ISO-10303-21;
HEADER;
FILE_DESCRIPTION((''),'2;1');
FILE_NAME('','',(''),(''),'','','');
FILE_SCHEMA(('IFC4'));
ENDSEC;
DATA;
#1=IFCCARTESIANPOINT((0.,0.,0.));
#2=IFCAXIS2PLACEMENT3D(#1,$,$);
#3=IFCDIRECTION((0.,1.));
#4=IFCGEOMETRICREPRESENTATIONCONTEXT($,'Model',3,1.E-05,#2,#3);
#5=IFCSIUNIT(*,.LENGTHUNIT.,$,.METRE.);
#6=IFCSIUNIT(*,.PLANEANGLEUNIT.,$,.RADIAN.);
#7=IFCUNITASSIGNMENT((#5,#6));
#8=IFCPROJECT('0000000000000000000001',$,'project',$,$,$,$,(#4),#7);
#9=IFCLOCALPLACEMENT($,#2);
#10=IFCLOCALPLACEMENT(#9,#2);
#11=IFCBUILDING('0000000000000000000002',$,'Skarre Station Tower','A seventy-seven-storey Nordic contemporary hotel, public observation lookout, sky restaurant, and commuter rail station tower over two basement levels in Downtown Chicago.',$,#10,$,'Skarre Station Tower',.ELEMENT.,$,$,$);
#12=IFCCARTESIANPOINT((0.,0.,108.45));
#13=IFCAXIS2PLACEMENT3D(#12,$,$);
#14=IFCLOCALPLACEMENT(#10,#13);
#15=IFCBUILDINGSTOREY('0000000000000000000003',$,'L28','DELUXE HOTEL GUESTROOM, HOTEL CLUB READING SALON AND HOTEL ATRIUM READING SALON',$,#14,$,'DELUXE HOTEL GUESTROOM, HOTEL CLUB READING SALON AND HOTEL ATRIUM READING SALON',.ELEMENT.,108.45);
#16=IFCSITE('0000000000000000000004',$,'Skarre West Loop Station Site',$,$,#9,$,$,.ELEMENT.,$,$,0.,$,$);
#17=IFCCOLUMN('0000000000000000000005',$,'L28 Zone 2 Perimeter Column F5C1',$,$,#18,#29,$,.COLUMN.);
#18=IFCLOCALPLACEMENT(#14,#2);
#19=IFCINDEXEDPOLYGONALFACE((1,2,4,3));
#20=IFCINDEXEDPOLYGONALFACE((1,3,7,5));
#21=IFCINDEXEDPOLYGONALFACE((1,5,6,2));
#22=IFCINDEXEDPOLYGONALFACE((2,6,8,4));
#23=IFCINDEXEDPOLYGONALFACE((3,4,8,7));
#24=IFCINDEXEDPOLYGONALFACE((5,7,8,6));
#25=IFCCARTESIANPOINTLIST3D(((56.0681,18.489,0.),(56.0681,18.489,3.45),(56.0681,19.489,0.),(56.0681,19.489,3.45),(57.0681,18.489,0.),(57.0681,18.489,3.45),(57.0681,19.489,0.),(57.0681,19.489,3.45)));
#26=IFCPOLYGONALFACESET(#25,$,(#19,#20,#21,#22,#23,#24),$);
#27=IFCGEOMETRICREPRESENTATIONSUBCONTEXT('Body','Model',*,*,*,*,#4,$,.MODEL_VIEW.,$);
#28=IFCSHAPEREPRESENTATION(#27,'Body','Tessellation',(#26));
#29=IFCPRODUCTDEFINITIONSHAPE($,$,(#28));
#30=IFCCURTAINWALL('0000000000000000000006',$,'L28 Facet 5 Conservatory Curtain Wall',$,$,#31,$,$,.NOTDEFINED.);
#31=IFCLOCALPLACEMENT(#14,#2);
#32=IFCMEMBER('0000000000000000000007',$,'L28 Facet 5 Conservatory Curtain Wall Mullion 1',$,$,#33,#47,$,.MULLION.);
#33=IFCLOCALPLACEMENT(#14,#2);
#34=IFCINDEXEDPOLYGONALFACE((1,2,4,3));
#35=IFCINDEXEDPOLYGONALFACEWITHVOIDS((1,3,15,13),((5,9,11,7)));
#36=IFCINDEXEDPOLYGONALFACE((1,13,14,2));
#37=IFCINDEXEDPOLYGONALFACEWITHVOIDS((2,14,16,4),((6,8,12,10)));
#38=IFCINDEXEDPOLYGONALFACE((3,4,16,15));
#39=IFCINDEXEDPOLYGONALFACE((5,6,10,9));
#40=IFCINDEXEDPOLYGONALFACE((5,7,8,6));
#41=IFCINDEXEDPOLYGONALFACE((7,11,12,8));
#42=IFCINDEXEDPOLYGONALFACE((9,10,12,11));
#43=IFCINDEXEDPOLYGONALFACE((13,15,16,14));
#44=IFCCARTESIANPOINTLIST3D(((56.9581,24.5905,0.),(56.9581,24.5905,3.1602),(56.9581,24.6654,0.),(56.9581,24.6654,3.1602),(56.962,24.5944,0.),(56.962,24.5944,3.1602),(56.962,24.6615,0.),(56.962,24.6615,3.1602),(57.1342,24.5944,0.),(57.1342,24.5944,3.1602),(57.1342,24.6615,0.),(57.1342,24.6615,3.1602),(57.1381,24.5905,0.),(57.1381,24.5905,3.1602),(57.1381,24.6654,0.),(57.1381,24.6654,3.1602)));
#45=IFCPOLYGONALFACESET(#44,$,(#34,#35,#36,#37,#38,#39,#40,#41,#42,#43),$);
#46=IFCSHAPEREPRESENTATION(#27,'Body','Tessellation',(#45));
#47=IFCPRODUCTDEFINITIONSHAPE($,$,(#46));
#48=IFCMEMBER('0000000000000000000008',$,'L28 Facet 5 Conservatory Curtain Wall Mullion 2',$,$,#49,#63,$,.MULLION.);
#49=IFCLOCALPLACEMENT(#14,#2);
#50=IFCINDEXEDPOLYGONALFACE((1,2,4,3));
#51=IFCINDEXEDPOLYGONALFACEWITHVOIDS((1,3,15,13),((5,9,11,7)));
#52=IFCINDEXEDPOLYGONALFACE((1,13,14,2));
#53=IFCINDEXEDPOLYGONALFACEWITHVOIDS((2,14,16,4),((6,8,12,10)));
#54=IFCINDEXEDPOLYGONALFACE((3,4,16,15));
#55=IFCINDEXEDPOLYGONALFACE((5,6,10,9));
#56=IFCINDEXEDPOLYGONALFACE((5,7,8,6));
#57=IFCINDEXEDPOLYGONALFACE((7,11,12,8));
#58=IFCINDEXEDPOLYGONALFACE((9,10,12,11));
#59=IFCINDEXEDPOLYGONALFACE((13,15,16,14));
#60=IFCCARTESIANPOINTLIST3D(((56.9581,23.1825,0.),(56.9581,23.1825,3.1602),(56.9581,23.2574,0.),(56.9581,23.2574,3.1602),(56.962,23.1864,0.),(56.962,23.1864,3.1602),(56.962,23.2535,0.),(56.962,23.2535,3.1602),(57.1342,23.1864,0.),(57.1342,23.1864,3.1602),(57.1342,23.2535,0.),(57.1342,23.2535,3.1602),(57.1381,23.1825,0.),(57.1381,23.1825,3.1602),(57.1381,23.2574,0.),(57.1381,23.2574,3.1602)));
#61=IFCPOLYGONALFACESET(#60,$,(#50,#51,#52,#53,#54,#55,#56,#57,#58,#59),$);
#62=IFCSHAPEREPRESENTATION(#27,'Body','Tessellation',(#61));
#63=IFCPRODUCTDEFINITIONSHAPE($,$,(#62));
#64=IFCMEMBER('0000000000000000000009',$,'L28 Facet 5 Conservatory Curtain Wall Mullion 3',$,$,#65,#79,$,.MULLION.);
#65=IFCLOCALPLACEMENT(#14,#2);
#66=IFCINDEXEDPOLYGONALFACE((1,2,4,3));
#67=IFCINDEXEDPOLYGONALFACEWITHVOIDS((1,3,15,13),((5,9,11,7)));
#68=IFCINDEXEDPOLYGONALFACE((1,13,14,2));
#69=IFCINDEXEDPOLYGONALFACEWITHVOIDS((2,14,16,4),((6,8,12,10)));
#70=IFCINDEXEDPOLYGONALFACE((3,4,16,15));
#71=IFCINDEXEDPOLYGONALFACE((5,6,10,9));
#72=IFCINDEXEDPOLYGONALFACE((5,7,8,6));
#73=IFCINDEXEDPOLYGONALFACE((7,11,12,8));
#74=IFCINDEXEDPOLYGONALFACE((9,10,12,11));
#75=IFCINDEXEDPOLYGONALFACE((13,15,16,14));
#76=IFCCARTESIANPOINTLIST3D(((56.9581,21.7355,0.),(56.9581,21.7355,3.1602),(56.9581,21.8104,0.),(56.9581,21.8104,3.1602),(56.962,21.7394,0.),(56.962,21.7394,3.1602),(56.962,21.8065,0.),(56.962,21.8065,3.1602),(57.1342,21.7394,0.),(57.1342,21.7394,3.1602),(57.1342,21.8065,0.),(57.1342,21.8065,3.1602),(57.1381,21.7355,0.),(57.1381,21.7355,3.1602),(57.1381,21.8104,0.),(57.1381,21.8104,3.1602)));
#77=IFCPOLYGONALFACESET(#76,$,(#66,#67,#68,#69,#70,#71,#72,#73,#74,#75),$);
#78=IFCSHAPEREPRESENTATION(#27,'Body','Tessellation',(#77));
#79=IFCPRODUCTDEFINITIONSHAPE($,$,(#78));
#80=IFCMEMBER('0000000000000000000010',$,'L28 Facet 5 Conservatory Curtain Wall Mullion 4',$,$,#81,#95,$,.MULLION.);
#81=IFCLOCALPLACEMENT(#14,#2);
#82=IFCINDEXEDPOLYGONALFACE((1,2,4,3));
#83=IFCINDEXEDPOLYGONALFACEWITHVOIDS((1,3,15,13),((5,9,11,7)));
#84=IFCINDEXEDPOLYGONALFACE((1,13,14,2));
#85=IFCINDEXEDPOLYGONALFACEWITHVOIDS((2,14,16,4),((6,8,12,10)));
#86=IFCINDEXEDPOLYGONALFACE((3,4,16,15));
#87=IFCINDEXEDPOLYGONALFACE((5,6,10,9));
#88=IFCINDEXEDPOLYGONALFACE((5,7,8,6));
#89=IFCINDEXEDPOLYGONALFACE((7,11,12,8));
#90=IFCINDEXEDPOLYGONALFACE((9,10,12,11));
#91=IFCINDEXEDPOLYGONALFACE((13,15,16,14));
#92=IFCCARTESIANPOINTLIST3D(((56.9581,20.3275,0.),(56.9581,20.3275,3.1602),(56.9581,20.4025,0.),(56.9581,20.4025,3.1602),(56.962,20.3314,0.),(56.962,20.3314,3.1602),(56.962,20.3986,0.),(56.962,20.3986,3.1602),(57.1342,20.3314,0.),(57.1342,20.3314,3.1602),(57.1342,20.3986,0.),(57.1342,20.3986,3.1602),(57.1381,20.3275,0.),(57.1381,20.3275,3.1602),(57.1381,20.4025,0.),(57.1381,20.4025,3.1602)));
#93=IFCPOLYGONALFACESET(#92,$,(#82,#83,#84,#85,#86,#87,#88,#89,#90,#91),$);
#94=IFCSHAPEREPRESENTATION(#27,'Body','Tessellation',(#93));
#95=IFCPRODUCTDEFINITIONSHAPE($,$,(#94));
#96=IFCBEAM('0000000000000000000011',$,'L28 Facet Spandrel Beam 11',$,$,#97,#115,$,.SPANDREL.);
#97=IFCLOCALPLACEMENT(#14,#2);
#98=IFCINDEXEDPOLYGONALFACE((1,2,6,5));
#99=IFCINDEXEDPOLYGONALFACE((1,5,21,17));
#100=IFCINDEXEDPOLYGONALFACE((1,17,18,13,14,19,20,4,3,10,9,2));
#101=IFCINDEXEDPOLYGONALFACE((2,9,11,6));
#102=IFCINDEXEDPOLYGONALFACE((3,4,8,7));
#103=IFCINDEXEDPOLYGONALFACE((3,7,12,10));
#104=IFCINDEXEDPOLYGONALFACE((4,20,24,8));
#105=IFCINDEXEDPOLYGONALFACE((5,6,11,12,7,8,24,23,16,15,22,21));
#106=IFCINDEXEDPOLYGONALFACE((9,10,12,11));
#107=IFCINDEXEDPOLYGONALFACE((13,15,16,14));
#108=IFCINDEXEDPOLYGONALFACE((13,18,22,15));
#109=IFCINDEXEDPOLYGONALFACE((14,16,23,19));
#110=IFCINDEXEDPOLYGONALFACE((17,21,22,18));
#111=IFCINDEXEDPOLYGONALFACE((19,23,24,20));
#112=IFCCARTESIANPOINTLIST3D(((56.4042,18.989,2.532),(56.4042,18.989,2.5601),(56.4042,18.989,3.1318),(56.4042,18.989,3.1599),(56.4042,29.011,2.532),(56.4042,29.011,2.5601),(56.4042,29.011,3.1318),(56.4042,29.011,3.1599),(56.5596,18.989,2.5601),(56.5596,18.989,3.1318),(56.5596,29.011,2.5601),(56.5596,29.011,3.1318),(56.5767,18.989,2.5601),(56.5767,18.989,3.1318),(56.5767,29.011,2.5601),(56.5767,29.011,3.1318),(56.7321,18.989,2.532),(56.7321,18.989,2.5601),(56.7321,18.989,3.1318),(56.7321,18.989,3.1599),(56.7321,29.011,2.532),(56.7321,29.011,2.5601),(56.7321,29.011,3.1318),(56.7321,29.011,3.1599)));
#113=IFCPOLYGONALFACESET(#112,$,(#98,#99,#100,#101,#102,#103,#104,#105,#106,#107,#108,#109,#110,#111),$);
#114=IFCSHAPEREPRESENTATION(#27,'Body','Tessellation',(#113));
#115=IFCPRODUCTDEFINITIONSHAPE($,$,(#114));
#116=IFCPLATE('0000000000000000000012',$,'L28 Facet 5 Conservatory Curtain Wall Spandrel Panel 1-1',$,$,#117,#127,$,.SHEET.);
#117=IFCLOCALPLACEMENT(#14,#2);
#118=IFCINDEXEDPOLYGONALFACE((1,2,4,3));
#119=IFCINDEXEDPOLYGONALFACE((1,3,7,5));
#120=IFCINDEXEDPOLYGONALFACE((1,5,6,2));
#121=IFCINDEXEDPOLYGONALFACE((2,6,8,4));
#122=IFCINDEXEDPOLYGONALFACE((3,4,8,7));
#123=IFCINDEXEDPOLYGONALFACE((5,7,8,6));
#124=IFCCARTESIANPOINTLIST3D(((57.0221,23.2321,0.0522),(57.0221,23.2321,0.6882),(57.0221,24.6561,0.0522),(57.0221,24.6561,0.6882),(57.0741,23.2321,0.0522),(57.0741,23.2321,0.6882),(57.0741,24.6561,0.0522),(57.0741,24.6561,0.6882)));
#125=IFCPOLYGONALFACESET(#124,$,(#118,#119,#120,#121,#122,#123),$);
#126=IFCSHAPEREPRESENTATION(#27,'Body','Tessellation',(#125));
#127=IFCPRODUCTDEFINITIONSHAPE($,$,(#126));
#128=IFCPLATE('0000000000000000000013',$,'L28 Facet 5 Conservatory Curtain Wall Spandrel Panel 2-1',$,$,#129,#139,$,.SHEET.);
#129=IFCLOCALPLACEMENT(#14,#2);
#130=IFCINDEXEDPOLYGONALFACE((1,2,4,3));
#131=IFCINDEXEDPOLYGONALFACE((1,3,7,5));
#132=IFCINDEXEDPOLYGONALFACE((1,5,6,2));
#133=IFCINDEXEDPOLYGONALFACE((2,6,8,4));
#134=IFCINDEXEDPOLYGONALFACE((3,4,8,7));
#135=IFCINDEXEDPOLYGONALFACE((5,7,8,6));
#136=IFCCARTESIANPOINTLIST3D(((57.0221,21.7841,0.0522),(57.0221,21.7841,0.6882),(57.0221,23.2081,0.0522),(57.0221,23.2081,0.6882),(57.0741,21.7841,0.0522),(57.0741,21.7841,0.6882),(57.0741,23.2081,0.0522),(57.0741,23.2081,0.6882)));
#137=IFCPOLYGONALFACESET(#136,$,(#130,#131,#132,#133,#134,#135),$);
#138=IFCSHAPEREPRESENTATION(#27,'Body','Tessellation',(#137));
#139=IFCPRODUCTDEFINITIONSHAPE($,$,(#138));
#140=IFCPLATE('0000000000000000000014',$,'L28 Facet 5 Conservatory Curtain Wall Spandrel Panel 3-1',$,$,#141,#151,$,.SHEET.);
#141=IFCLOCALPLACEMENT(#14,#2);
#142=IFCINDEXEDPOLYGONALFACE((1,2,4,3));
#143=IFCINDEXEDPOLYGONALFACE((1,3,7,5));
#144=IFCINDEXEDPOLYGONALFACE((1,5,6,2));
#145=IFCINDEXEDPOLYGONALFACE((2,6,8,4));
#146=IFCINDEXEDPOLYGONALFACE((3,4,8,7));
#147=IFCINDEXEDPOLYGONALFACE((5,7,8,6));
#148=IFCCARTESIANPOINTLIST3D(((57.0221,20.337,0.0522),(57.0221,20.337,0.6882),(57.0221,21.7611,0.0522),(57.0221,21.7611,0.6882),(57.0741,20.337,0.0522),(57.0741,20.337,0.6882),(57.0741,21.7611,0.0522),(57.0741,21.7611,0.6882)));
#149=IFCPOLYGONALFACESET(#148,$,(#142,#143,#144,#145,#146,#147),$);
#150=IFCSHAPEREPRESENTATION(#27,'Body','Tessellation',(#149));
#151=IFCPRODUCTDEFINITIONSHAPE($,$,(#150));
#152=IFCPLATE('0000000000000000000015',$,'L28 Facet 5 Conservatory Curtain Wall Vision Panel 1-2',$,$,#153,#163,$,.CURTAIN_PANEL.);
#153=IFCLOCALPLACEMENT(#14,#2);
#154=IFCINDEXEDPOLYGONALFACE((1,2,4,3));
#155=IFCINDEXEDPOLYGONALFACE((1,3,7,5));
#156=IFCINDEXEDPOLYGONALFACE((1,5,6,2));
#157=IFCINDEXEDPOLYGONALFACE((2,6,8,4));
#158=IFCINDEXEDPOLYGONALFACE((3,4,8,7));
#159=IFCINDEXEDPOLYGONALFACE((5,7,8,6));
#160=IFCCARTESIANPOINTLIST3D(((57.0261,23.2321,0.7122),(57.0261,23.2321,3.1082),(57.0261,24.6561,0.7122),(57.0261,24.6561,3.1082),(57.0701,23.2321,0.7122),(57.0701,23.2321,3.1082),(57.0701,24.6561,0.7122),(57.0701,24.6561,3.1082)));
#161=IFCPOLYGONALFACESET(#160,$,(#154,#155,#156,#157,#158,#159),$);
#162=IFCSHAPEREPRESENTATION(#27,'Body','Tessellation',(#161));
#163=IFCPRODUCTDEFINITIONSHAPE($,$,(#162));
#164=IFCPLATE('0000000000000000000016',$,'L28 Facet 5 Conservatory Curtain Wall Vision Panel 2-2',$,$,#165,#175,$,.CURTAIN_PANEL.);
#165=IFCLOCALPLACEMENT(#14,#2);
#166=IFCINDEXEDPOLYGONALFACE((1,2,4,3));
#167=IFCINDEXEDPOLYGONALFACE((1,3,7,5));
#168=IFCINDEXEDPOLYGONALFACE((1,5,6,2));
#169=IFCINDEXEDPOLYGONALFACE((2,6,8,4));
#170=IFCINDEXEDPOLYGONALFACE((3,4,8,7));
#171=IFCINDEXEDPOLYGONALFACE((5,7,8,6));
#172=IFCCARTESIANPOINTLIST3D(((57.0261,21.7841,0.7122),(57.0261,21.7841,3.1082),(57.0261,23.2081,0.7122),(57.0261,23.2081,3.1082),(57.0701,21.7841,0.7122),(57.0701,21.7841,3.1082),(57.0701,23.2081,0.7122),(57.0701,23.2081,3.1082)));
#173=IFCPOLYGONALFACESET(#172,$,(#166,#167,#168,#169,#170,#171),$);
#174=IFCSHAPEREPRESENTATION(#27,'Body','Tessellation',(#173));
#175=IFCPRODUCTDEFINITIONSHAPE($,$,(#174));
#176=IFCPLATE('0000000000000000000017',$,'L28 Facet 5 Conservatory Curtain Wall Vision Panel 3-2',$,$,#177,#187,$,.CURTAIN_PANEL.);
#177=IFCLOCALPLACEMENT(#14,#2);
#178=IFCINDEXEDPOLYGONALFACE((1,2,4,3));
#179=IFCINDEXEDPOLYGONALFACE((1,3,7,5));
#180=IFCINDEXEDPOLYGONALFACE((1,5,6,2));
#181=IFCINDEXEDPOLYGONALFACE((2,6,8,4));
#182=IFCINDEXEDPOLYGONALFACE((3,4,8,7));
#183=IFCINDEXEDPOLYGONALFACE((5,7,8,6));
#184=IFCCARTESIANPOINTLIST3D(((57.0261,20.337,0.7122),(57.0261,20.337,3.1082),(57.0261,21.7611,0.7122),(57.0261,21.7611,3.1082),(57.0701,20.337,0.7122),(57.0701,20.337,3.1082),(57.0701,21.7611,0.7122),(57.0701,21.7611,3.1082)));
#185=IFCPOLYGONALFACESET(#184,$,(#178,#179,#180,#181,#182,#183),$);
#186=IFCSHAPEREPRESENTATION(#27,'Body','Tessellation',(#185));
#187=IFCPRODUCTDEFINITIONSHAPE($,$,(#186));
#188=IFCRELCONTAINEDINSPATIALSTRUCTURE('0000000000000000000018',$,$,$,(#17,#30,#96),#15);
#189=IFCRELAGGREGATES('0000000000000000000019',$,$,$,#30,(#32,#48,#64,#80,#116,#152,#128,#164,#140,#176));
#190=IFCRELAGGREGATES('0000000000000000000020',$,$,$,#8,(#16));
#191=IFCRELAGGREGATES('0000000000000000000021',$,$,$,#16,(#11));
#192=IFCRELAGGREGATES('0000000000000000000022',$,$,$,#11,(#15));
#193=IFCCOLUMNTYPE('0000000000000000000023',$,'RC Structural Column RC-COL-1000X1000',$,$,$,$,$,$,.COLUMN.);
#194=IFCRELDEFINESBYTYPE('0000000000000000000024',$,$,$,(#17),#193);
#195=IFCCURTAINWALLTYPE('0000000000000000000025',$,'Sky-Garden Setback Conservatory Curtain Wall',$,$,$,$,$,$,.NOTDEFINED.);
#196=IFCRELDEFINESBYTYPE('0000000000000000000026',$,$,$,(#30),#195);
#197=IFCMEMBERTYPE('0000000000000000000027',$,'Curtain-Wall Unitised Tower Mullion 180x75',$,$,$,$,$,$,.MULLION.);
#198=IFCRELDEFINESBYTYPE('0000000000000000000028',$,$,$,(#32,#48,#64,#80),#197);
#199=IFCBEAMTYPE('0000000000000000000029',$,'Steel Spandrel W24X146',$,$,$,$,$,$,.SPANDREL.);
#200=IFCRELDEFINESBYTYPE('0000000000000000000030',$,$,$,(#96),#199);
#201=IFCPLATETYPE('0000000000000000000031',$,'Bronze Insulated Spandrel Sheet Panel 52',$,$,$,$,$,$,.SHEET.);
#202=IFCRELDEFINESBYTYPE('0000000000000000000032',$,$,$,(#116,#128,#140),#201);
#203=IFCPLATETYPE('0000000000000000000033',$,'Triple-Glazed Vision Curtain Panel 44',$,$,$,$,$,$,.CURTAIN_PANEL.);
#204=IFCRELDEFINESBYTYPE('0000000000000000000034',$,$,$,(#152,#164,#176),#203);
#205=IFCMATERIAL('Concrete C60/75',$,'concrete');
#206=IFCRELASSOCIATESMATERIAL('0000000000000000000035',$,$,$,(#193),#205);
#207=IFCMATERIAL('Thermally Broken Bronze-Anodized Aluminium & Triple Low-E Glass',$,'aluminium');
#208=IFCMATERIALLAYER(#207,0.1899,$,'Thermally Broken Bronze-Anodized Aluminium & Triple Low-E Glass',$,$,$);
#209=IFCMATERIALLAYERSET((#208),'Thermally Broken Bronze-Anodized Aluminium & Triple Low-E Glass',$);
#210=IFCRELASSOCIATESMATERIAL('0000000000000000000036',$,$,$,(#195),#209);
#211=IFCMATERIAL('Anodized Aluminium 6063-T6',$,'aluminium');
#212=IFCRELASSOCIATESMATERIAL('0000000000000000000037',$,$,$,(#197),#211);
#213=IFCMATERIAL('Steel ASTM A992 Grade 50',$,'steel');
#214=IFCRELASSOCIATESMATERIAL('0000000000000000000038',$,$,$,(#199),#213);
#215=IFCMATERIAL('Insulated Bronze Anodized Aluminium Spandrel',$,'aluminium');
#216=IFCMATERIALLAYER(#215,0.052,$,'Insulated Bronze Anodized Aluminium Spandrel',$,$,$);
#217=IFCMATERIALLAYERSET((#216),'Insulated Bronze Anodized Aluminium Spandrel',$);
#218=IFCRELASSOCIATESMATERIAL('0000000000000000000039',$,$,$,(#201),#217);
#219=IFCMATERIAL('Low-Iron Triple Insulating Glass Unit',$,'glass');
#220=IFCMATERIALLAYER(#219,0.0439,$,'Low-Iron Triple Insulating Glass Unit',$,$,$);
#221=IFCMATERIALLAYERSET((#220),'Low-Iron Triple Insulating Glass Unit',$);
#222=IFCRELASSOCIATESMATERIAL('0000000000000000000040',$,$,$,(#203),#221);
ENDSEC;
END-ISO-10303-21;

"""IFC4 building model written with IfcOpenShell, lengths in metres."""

from ifc_helpers import new_model, si_unit, direction, frame, origin, origin_2d, place, context, subcontext, project, spatial, rectangle, hollow_rectangle, i_section, extrude, material, layer, layer_set, material_profile, profile_set, type_object, element, aggregate, save


model = new_model("IFC4")

# Units and contexts
model_context = context("Model", 3, precision=1e-05, world=origin(), true_north=direction((0.0, 1.0)))
body_context = subcontext(model_context, "Body", "Model", "MODEL_VIEW")
ifc_project = project(units=[si_unit("LENGTHUNIT", "METRE"), si_unit("PLANEANGLEUNIT", "RADIAN")], contexts=[model_context])

# Site, building, storey
site_placement = place(None, origin())
site = spatial("IfcSite", under=ifc_project, at=site_placement, Name="Skarre West Loop Station Site", CompositionType="ELEMENT", RefElevation=0.0)
building_placement = place(site_placement, origin())
building = spatial("IfcBuilding", under=site, at=building_placement, Name="Skarre Station Tower", Description="A seventy-seven-storey Nordic contemporary hotel, public observation lookout, sky restaurant, and commuter rail station tower over two basement levels in Downtown Chicago.", LongName="Skarre Station Tower", CompositionType="ELEMENT")
storey_placement = place(building_placement, frame((0.0, 0.0, 108.45)))
storey = spatial("IfcBuildingStorey", under=building, at=storey_placement, Name="L28", Description="DELUXE HOTEL GUESTROOM, HOTEL CLUB READING SALON AND HOTEL ATRIUM READING SALON", LongName="DELUXE HOTEL GUESTROOM, HOTEL CLUB READING SALON AND HOTEL ATRIUM READING SALON", CompositionType="ELEMENT", Elevation=108.45)

# Column
ifc_material_1 = material(Name="Concrete C60/75", Category="concrete")
ifc_material_profile_1 = material_profile(ifc_material_1, rectangle(XDim=1.0, YDim=1.0, at=origin_2d()), Name="Concrete C60/75")
ifc_profile_set_1 = profile_set([ifc_material_profile_1], Name="Concrete C60/75")
column_type = type_object("IfcColumnType", Name="RC Structural Column RC-COL-1000X1000", PredefinedType="COLUMN", material=ifc_profile_set_1)
column_placement = place(storey_placement, frame((56.5681, 18.989, 0.0), z_axis=(0.0, 0.0, 1.0), x_axis=(1.0, 0.0, 0.0)))
element("IfcColumn", 1, at=column_placement, inside=storey, type_object=column_type, Name="L28 Zone 2 Perimeter Column F5C1", PredefinedType="COLUMN", context=body_context, shape_type="SweptSolid", body=[
    extrude(rectangle(XDim=1.0, YDim=1.0, at=origin_2d()), origin(), (0.0, 0.0, 1.0), 3.45),
])

# Curtain wall, members
ifc_material_2 = material(Name="Thermally Broken Bronze-Anodized Aluminium & Triple Low-E Glass", Category="aluminium")
ifc_layer_1 = layer(ifc_material_2, 0.1899, Name="Thermally Broken Bronze-Anodized Aluminium & Triple Low-E Glass")
ifc_layer_set_1 = layer_set([ifc_layer_1], Name="Thermally Broken Bronze-Anodized Aluminium & Triple Low-E Glass")
curtain_wall_type = type_object("IfcCurtainWallType", Name="Sky-Garden Setback Conservatory Curtain Wall", PredefinedType="NOTDEFINED", material=ifc_layer_set_1)
curtain_wall_placement = place(storey_placement, origin())
curtain_wall = element("IfcCurtainWall", 2, at=curtain_wall_placement, inside=storey, type_object=curtain_wall_type, Name="L28 Facet 5 Conservatory Curtain Wall", PredefinedType="NOTDEFINED")
ifc_material_3 = material(Name="Anodized Aluminium 6063-T6", Category="aluminium")
ifc_material_profile_2 = material_profile(ifc_material_3, hollow_rectangle(XDim=0.075, YDim=0.1799, WallThickness=0.0039, at=origin_2d()), Name="Anodized Aluminium 6063-T6")
ifc_profile_set_2 = profile_set([ifc_material_profile_2], Name="Anodized Aluminium 6063-T6")
member_type = type_object("IfcMemberType", Name="Curtain-Wall Unitised Tower Mullion 180x75", PredefinedType="MULLION", material=ifc_profile_set_2)
member_1_placement = place(storey_placement, frame((57.0481, 24.6279, 0.0), z_axis=(0.0, 0.0, 1.0), x_axis=(0.0, -1.0, 0.0)))
member_1 = element("IfcMember", 3, at=member_1_placement, type_object=member_type, Name="L28 Facet 5 Conservatory Curtain Wall Mullion 1", PredefinedType="MULLION", context=body_context, shape_type="SweptSolid", body=[
    extrude(hollow_rectangle(XDim=0.075, YDim=0.1799, WallThickness=0.0039, at=origin_2d()), origin(), (0.0, 0.0, 1.0), 3.1602),
])
member_2_placement = place(storey_placement, frame((57.0481, 23.22, 0.0), z_axis=(0.0, 0.0, 1.0), x_axis=(0.0, -1.0, 0.0)))
member_2 = element("IfcMember", 4, at=member_2_placement, type_object=member_type, Name="L28 Facet 5 Conservatory Curtain Wall Mullion 2", PredefinedType="MULLION", context=body_context, shape_type="SweptSolid", body=[
    extrude(hollow_rectangle(XDim=0.075, YDim=0.1799, WallThickness=0.0039, at=origin_2d()), origin(), (0.0, 0.0, 1.0), 3.1602),
])
member_3_placement = place(storey_placement, frame((57.0481, 21.7729, 0.0), z_axis=(0.0, 0.0, 1.0), x_axis=(0.0, -1.0, 0.0)))
member_3 = element("IfcMember", 5, at=member_3_placement, type_object=member_type, Name="L28 Facet 5 Conservatory Curtain Wall Mullion 3", PredefinedType="MULLION", context=body_context, shape_type="SweptSolid", body=[
    extrude(hollow_rectangle(XDim=0.075, YDim=0.1799, WallThickness=0.0039, at=origin_2d()), origin(), (0.0, 0.0, 1.0), 3.1602),
])
member_4_placement = place(storey_placement, frame((57.0481, 20.365, 0.0), z_axis=(0.0, 0.0, 1.0), x_axis=(0.0, -1.0, 0.0)))
member_4 = element("IfcMember", 6, at=member_4_placement, type_object=member_type, Name="L28 Facet 5 Conservatory Curtain Wall Mullion 4", PredefinedType="MULLION", context=body_context, shape_type="SweptSolid", body=[
    extrude(hollow_rectangle(XDim=0.075, YDim=0.1799, WallThickness=0.0039, at=origin_2d()), origin(), (0.0, 0.0, 1.0), 3.1602),
])

# Beam
ifc_material_4 = material(Name="Steel ASTM A992 Grade 50", Category="steel")
ifc_material_profile_3 = material_profile(ifc_material_4, i_section(OverallWidth=0.3279, OverallDepth=0.6279, WebThickness=0.0171, FlangeThickness=0.0281, at=origin_2d()), Name="Steel ASTM A992 Grade 50")
ifc_profile_set_3 = profile_set([ifc_material_profile_3], Name="Steel ASTM A992 Grade 50")
beam_type = type_object("IfcBeamType", Name="Steel Spandrel W24X146", PredefinedType="SPANDREL", material=ifc_profile_set_3)
beam_placement = place(storey_placement, frame((56.5681, 18.989, 2.8459), z_axis=(0.0, 1.0, 0.0), x_axis=(-1.0, 0.0, 0.0)))
element("IfcBeam", 7, at=beam_placement, inside=storey, type_object=beam_type, Name="L28 Facet Spandrel Beam 11", PredefinedType="SPANDREL", context=body_context, shape_type="SweptSolid", body=[
    extrude(i_section(OverallWidth=0.3279, OverallDepth=0.6279, WebThickness=0.0171, FlangeThickness=0.0281, at=origin_2d()), origin(), (0.0, 0.0, 1.0), 10.022),
])

# Plates
ifc_material_5 = material(Name="Insulated Bronze Anodized Aluminium Spandrel", Category="aluminium")
ifc_layer_2 = layer(ifc_material_5, 0.052, Name="Insulated Bronze Anodized Aluminium Spandrel")
ifc_layer_set_2 = layer_set([ifc_layer_2], Name="Insulated Bronze Anodized Aluminium Spandrel")
plate_type_1 = type_object("IfcPlateType", Name="Bronze Insulated Spandrel Sheet Panel 52", PredefinedType="SHEET", material=ifc_layer_set_2)
plate_1_placement = place(storey_placement, frame((57.0481, 23.9441, 0.0522), z_axis=(0.0, 0.0, 1.0), x_axis=(0.0, -1.0, 0.0)))
plate_1 = element("IfcPlate", 8, at=plate_1_placement, type_object=plate_type_1, Name="L28 Facet 5 Conservatory Curtain Wall Spandrel Panel 1-1", PredefinedType="SHEET", context=body_context, shape_type="SweptSolid", body=[
    extrude(rectangle(XDim=1.4241, YDim=0.052, at=origin_2d()), origin(), (0.0, 0.0, 1.0), 0.636),
])
plate_2_placement = place(storey_placement, frame((57.0481, 22.4961, 0.0522), z_axis=(0.0, 0.0, 1.0), x_axis=(0.0, -1.0, 0.0)))
plate_2 = element("IfcPlate", 9, at=plate_2_placement, type_object=plate_type_1, Name="L28 Facet 5 Conservatory Curtain Wall Spandrel Panel 2-1", PredefinedType="SHEET", context=body_context, shape_type="SweptSolid", body=[
    extrude(rectangle(XDim=1.4241, YDim=0.052, at=origin_2d()), origin(), (0.0, 0.0, 1.0), 0.636),
])
plate_3_placement = place(storey_placement, frame((57.0481, 21.0491, 0.0522), z_axis=(0.0, 0.0, 1.0), x_axis=(0.0, -1.0, 0.0)))
plate_3 = element("IfcPlate", 10, at=plate_3_placement, type_object=plate_type_1, Name="L28 Facet 5 Conservatory Curtain Wall Spandrel Panel 3-1", PredefinedType="SHEET", context=body_context, shape_type="SweptSolid", body=[
    extrude(rectangle(XDim=1.4241, YDim=0.052, at=origin_2d()), origin(), (0.0, 0.0, 1.0), 0.636),
])
ifc_material_6 = material(Name="Low-Iron Triple Insulating Glass Unit", Category="glass")
ifc_layer_3 = layer(ifc_material_6, 0.0439, Name="Low-Iron Triple Insulating Glass Unit")
ifc_layer_set_3 = layer_set([ifc_layer_3], Name="Low-Iron Triple Insulating Glass Unit")
plate_type_2 = type_object("IfcPlateType", Name="Triple-Glazed Vision Curtain Panel 44", PredefinedType="CURTAIN_PANEL", material=ifc_layer_set_3)
plate_4_placement = place(storey_placement, frame((57.0481, 23.9441, 0.7122), z_axis=(0.0, 0.0, 1.0), x_axis=(0.0, -1.0, 0.0)))
plate_4 = element("IfcPlate", 11, at=plate_4_placement, type_object=plate_type_2, Name="L28 Facet 5 Conservatory Curtain Wall Vision Panel 1-2", PredefinedType="CURTAIN_PANEL", context=body_context, shape_type="SweptSolid", body=[
    extrude(rectangle(XDim=1.4241, YDim=0.0439, at=origin_2d()), origin(), (0.0, 0.0, 1.0), 2.396),
])
plate_5_placement = place(storey_placement, frame((57.0481, 22.4961, 0.7122), z_axis=(0.0, 0.0, 1.0), x_axis=(0.0, -1.0, 0.0)))
plate_5 = element("IfcPlate", 12, at=plate_5_placement, type_object=plate_type_2, Name="L28 Facet 5 Conservatory Curtain Wall Vision Panel 2-2", PredefinedType="CURTAIN_PANEL", context=body_context, shape_type="SweptSolid", body=[
    extrude(rectangle(XDim=1.4241, YDim=0.0439, at=origin_2d()), origin(), (0.0, 0.0, 1.0), 2.396),
])
plate_6_placement = place(storey_placement, frame((57.0481, 21.0491, 0.7122), z_axis=(0.0, 0.0, 1.0), x_axis=(0.0, -1.0, 0.0)))
plate_6 = element("IfcPlate", 13, at=plate_6_placement, type_object=plate_type_2, Name="L28 Facet 5 Conservatory Curtain Wall Vision Panel 3-2", PredefinedType="CURTAIN_PANEL", context=body_context, shape_type="SweptSolid", body=[
    extrude(rectangle(XDim=1.4241, YDim=0.0439, at=origin_2d()), origin(), (0.0, 0.0, 1.0), 2.396),
])
aggregate(curtain_wall, [member_1, member_2, member_3, member_4, plate_1, plate_4, plate_2, plate_5, plate_3, plate_6])

save(model, "model.ifc")
